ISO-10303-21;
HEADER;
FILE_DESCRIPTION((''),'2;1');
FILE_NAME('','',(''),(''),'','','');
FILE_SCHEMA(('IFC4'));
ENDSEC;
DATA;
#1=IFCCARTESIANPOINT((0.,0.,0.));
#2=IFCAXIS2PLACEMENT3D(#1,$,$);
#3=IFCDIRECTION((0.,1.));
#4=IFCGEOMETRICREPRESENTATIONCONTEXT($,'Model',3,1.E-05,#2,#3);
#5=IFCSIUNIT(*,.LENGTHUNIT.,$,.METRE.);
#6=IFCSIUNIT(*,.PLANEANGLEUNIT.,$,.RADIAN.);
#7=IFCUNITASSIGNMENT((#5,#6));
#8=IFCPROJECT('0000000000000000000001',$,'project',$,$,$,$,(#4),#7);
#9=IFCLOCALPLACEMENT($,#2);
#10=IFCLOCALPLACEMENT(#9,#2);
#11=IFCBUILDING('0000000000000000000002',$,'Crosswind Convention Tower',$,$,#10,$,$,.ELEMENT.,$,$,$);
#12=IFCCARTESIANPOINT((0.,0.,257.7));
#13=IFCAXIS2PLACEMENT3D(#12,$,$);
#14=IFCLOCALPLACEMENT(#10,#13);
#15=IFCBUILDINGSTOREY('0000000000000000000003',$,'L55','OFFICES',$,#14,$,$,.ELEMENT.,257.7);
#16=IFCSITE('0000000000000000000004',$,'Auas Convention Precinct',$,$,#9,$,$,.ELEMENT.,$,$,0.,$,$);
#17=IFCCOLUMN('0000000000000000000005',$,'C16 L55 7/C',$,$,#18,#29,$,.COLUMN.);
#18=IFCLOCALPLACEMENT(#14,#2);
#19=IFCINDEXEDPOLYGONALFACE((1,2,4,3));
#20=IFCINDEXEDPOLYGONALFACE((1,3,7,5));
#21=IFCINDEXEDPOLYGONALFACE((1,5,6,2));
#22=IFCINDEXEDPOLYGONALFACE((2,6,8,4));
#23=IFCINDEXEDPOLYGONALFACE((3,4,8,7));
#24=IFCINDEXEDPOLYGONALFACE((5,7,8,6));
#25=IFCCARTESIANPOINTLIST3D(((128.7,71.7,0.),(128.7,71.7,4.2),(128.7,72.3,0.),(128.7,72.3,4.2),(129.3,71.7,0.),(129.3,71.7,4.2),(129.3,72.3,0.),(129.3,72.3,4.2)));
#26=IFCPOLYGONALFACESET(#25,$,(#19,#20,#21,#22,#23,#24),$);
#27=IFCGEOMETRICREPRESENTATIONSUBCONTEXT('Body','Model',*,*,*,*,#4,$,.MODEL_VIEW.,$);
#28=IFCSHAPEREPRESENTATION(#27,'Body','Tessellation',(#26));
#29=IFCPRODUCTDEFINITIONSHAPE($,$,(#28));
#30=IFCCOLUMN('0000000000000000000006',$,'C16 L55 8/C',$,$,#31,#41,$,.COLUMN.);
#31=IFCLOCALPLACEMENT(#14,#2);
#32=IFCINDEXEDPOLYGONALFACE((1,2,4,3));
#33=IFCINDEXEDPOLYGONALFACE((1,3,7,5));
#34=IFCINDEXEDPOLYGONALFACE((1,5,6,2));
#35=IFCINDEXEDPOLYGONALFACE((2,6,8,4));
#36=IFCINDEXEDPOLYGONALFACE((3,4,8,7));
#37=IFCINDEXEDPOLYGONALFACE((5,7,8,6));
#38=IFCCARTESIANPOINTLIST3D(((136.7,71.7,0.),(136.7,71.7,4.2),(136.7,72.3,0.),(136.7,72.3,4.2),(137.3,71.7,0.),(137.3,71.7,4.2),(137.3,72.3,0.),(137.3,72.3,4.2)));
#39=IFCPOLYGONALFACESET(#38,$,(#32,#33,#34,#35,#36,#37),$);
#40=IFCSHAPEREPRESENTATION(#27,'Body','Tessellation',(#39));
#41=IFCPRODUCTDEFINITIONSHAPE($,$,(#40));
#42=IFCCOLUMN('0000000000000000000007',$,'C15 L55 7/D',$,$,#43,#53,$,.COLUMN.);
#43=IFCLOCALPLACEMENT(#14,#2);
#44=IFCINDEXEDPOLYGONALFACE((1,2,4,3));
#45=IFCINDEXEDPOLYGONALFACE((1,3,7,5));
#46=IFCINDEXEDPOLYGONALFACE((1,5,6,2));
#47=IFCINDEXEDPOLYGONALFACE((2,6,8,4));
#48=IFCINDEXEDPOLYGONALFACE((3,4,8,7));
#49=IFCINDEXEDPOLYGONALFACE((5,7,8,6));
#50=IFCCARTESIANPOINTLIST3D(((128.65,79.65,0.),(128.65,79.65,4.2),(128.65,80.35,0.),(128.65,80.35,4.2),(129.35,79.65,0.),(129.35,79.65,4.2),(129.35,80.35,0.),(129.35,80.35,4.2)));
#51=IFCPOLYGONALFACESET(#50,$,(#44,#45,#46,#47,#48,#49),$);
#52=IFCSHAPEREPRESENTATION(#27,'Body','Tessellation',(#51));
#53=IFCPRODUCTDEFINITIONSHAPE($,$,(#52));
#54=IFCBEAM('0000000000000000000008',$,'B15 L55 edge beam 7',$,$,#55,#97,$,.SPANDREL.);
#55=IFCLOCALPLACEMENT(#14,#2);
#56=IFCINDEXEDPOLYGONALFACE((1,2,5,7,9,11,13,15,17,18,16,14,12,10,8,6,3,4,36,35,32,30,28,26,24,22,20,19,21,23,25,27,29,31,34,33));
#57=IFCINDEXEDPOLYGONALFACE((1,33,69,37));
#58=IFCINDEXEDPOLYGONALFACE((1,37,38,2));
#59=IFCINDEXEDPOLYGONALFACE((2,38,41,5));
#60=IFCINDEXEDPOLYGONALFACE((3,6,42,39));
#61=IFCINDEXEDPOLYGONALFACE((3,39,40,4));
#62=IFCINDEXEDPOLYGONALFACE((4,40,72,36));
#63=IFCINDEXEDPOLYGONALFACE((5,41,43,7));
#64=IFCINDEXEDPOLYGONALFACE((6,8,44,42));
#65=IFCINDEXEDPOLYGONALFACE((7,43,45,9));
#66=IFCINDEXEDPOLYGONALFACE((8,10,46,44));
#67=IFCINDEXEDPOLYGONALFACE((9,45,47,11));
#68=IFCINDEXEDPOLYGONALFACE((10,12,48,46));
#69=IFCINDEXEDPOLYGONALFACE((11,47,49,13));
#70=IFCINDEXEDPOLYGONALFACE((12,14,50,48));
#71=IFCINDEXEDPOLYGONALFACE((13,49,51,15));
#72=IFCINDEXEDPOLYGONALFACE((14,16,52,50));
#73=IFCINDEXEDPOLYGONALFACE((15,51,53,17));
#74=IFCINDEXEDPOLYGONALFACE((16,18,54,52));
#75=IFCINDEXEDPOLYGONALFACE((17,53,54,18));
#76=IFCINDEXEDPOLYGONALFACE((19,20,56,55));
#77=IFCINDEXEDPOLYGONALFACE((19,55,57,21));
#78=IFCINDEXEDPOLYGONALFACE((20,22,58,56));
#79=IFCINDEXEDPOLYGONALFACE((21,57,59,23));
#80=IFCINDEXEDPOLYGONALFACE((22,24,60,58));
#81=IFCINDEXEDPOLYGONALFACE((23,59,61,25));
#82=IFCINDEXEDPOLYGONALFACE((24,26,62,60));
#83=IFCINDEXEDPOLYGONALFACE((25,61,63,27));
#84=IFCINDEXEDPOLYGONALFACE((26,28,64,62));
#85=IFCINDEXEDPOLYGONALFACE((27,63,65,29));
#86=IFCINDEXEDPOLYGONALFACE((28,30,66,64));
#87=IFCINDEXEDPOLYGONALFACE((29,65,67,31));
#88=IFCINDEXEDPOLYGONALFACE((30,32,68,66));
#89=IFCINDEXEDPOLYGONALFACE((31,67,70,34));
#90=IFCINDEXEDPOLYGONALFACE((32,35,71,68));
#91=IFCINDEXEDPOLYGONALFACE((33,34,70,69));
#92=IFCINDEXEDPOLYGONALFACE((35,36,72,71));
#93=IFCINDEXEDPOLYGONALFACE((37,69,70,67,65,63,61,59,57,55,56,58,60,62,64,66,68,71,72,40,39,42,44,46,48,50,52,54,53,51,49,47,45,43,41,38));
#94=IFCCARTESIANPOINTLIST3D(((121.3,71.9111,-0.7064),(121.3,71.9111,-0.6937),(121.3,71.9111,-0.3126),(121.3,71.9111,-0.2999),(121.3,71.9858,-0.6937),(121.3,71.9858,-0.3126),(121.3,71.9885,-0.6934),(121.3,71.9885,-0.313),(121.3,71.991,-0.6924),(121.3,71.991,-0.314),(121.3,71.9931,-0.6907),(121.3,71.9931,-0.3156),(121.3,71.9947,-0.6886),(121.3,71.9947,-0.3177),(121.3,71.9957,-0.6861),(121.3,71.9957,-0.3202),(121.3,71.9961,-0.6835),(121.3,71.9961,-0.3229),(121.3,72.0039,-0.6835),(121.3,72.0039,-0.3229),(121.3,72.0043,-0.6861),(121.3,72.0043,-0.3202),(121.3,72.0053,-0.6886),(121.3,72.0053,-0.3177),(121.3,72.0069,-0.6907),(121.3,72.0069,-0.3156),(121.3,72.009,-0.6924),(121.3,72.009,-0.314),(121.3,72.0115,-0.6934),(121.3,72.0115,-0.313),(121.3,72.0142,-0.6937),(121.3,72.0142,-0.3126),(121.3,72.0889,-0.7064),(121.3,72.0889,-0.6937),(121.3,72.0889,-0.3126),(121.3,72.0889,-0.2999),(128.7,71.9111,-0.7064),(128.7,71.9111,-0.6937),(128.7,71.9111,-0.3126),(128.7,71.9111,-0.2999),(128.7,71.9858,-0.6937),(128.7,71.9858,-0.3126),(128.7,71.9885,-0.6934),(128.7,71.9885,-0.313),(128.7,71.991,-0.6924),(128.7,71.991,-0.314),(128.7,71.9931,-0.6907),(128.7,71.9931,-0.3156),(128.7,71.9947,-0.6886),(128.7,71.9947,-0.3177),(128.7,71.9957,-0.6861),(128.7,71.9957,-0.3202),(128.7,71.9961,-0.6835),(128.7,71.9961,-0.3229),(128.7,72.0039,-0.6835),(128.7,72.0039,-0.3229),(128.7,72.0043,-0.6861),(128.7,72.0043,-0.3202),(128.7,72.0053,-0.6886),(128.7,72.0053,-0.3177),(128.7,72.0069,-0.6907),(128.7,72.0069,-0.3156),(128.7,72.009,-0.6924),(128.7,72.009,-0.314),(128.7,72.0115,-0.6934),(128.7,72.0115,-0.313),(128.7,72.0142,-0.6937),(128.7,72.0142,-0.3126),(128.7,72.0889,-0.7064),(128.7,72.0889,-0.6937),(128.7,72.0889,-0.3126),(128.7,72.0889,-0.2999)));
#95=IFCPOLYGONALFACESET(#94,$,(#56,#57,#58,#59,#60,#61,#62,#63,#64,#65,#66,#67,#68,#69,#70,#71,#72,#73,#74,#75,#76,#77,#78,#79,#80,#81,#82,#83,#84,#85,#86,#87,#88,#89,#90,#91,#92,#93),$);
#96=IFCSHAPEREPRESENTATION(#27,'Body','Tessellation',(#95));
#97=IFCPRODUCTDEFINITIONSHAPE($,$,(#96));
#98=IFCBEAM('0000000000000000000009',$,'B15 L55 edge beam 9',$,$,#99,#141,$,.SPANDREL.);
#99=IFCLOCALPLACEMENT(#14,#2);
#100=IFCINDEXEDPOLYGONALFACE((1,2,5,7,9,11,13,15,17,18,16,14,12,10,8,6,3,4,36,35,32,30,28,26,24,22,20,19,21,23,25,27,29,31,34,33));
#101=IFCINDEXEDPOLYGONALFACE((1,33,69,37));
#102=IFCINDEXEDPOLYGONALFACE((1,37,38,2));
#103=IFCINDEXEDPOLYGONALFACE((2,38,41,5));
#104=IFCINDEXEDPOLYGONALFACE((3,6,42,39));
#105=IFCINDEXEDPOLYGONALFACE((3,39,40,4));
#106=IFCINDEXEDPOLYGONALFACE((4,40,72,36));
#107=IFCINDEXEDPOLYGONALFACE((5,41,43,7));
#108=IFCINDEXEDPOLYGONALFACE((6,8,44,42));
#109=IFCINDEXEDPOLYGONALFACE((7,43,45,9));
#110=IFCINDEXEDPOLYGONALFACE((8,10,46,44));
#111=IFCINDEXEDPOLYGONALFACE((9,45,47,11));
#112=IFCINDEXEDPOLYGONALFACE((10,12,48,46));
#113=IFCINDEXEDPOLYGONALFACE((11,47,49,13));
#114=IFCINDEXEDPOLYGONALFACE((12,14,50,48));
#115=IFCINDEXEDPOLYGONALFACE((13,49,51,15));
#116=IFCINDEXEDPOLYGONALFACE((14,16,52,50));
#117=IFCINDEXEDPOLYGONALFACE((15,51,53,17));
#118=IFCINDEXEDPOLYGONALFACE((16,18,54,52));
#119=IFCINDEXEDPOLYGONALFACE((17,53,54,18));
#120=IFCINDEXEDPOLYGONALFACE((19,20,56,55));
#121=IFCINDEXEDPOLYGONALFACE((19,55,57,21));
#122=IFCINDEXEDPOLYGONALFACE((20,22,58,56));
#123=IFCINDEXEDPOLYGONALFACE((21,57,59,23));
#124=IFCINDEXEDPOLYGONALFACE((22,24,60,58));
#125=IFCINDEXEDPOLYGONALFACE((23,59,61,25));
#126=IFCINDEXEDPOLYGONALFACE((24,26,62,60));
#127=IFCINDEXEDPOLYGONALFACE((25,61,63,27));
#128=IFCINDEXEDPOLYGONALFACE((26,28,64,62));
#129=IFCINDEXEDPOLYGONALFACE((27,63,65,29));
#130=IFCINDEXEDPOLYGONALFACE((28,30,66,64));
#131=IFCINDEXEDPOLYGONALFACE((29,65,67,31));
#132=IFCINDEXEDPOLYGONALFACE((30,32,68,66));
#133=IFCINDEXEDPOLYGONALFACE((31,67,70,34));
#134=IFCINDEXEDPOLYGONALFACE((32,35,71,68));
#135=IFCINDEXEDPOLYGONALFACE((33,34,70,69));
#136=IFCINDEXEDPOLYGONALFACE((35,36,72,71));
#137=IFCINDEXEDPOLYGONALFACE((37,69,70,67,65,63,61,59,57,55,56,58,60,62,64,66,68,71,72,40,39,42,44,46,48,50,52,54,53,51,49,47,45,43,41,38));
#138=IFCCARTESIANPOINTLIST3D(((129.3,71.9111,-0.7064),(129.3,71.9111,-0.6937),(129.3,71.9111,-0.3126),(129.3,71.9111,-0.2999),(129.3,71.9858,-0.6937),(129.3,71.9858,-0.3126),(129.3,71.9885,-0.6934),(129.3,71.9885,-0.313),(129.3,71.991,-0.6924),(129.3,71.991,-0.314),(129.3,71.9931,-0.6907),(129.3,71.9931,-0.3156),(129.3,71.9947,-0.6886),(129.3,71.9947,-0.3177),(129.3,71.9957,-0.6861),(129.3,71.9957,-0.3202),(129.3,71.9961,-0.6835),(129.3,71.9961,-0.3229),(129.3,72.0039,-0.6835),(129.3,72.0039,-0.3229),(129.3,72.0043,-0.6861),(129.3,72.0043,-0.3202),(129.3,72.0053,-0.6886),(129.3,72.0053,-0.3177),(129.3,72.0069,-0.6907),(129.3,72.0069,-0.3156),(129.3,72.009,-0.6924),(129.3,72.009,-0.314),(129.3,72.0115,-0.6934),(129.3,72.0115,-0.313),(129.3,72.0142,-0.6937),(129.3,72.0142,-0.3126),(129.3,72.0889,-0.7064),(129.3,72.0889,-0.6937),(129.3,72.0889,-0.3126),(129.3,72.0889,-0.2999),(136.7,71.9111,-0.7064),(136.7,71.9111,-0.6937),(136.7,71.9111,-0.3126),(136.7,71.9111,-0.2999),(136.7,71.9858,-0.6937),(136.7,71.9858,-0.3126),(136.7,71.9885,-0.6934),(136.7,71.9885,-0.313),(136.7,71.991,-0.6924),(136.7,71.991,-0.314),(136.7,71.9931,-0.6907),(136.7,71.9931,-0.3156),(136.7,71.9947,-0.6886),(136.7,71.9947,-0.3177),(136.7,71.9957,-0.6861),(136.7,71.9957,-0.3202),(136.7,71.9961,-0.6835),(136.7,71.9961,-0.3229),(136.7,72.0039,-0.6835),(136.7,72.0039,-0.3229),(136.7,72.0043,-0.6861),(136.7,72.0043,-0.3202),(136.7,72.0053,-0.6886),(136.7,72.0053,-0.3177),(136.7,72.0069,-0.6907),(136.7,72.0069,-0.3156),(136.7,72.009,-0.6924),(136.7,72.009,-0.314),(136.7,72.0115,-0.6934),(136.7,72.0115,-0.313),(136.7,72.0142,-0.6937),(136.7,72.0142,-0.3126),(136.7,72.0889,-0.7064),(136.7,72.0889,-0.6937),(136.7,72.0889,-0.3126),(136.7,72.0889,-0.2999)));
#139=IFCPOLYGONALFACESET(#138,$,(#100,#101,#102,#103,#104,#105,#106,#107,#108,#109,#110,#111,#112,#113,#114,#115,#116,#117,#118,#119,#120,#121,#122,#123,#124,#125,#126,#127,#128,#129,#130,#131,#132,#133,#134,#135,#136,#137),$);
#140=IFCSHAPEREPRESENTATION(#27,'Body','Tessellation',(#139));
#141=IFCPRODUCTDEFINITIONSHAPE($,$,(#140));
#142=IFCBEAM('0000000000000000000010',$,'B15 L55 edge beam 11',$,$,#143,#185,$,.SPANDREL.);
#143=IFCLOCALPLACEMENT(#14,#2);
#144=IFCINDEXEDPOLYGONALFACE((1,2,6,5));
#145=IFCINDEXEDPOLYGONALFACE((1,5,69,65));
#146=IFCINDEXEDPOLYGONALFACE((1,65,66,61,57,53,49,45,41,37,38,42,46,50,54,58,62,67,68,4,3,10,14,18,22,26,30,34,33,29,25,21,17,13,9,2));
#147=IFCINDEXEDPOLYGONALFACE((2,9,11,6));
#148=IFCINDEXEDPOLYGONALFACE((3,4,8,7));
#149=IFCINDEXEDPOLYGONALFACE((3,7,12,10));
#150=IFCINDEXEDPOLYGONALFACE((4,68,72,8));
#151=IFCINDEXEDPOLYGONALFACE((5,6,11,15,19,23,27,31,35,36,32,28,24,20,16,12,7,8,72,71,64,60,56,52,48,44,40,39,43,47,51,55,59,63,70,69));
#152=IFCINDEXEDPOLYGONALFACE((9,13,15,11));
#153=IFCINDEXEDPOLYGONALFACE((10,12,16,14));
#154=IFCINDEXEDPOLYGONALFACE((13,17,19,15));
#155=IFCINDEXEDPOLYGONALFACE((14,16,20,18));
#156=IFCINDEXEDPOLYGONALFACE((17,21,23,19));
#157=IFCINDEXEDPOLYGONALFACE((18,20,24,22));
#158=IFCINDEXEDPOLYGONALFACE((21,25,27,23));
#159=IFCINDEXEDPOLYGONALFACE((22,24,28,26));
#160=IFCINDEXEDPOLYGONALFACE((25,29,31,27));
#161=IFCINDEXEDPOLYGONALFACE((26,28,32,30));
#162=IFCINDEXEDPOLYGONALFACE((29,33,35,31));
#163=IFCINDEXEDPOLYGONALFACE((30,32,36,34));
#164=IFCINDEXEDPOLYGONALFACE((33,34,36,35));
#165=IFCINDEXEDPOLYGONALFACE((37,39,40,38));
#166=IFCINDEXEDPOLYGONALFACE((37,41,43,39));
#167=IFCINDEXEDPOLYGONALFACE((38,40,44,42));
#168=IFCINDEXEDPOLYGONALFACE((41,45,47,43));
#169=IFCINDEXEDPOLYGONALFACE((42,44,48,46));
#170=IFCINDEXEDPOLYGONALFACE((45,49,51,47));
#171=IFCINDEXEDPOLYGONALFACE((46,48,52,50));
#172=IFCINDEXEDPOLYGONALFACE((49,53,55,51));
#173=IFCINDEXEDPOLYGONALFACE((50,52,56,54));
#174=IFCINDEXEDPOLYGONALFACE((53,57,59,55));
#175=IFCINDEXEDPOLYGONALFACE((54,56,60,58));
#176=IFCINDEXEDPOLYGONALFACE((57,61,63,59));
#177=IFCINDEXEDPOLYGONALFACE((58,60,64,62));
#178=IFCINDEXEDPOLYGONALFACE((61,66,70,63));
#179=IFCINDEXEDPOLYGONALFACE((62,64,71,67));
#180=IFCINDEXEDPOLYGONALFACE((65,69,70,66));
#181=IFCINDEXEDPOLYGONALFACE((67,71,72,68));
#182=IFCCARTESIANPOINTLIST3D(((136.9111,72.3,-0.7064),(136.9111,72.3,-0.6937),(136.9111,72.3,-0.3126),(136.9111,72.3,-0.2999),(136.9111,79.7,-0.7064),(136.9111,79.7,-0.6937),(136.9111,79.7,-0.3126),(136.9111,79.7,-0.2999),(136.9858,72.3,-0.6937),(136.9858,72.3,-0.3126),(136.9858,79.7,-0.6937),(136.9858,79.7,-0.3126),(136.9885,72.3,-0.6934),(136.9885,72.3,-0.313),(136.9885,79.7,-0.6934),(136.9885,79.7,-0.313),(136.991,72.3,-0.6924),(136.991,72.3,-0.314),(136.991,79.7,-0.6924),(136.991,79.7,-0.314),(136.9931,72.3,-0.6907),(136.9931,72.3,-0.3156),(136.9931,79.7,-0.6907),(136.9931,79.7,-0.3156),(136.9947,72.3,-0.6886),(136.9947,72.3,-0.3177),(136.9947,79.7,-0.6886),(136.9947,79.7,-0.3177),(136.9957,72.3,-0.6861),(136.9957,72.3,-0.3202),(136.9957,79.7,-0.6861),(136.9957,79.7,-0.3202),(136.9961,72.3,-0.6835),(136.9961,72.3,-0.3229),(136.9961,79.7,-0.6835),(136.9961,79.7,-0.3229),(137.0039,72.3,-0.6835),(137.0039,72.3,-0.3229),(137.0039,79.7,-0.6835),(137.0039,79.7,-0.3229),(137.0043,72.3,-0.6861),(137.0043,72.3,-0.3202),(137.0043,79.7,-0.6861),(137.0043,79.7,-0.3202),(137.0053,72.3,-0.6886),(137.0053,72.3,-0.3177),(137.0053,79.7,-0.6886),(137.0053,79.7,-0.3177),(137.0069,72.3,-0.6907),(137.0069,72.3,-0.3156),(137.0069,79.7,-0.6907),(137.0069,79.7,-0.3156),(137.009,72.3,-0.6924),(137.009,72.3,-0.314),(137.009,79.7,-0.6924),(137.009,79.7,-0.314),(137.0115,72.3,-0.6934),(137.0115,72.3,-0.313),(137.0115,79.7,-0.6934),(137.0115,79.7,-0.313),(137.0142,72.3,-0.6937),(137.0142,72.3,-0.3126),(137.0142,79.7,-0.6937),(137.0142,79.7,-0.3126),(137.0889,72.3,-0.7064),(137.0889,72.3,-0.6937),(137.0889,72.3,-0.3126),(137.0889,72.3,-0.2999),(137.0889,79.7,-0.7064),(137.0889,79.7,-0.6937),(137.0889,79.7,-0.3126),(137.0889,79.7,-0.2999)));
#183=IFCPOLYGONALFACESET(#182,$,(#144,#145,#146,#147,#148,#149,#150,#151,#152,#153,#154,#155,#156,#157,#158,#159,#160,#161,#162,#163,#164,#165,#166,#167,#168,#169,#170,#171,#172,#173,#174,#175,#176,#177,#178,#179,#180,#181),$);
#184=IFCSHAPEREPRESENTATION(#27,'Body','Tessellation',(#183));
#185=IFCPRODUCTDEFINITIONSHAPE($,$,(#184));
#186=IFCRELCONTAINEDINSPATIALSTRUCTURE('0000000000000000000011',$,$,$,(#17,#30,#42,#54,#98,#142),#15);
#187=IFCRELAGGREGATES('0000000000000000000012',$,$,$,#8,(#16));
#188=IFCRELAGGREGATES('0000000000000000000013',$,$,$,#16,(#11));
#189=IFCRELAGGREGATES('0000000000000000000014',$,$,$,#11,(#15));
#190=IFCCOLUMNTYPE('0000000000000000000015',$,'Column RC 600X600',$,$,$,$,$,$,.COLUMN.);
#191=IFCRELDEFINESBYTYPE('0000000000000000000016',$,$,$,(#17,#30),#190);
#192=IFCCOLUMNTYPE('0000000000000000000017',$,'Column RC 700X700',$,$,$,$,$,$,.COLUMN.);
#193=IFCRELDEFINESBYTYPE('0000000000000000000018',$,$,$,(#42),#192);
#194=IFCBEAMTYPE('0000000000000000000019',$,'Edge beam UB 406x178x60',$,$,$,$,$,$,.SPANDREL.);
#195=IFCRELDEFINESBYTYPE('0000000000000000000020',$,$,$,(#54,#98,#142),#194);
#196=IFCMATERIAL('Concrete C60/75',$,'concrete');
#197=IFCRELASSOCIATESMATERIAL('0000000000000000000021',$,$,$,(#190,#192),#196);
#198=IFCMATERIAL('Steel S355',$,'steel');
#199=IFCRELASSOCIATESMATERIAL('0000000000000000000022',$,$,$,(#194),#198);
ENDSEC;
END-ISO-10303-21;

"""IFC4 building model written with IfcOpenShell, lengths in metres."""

from ifc_helpers import new_model, si_unit, direction, frame, origin, origin_2d, place, context, subcontext, project, spatial, rectangle, i_section, extrude, material, material_profile, profile_set, type_object, element, save


model = new_model("IFC4")

# Units and contexts
model_context = context("Model", 3, precision=1e-05, world=origin(), true_north=direction((0.0, 1.0)))
body_context = subcontext(model_context, "Body", "Model", "MODEL_VIEW")
ifc_project = project(units=[si_unit("LENGTHUNIT", "METRE"), si_unit("PLANEANGLEUNIT", "RADIAN")], contexts=[model_context])

# Site, building, storey
site_placement = place(None, origin())
site = spatial("IfcSite", under=ifc_project, at=site_placement, Name="Auas Convention Precinct", CompositionType="ELEMENT", RefElevation=0.0)
building_placement = place(site_placement, origin())
building = spatial("IfcBuilding", under=site, at=building_placement, Name="Crosswind Convention Tower", CompositionType="ELEMENT")
storey_placement = place(building_placement, frame((0.0, 0.0, 257.7)))
storey = spatial("IfcBuildingStorey", under=building, at=storey_placement, Name="L55", Description="OFFICES", CompositionType="ELEMENT", Elevation=257.7)

# Columns
ifc_material_1 = material(Name="Concrete C60/75", Category="concrete")
ifc_material_profile_1 = material_profile(ifc_material_1, rectangle(XDim=0.6001, YDim=0.6001, at=origin_2d()), Name="RC 600X600")
ifc_profile_set_1 = profile_set([ifc_material_profile_1], Name="Concrete C60/75")
column_type_1 = type_object("IfcColumnType", Name="Column RC 600X600", PredefinedType="COLUMN", material=ifc_profile_set_1)
for number, where, z_axis, x_axis, name in (
    (1, (129.0, 72.0, 0.0), (0.0, 0.0, 1.0), (1.0, 0.0, 0.0), "C16 L55 7/C"),
    (2, (137.0, 72.0, 0.0), (0.0, 0.0, 1.0), (1.0, 0.0, 0.0), "C16 L55 8/C"),
):
    element("IfcColumn", number, at=place(storey_placement, frame(where, z_axis=z_axis, x_axis=x_axis)), inside=storey, type_object=column_type_1, Name=name, PredefinedType="COLUMN", context=body_context, shape_type="SweptSolid", body=[
        extrude(rectangle(XDim=0.6001, YDim=0.6001, at=origin_2d()), origin(), (0.0, 0.0, 1.0), 4.2),
    ])
ifc_material_profile_2 = material_profile(ifc_material_1, rectangle(XDim=0.7, YDim=0.7, at=origin_2d()), Name="RC 700X700")
ifc_profile_set_2 = profile_set([ifc_material_profile_2], Name="Concrete C60/75")
column_type_2 = type_object("IfcColumnType", Name="Column RC 700X700", PredefinedType="COLUMN", material=ifc_profile_set_2)
column_placement = place(storey_placement, frame((129.0, 80.0, 0.0), z_axis=(0.0, 0.0, 1.0), x_axis=(1.0, 0.0, 0.0)))
element("IfcColumn", 3, at=column_placement, inside=storey, type_object=column_type_2, Name="C15 L55 7/D", PredefinedType="COLUMN", context=body_context, shape_type="SweptSolid", body=[
    extrude(rectangle(XDim=0.7, YDim=0.7, at=origin_2d()), origin(), (0.0, 0.0, 1.0), 4.2),
])

# Beams
ifc_material_2 = material(Name="Steel S355", Category="steel")
ifc_material_profile_3 = material_profile(ifc_material_2, i_section(OverallWidth=0.1777, OverallDepth=0.4065, WebThickness=0.0078, FlangeThickness=0.0127, FilletRadius=0.0103, at=origin_2d()), Name="UB 406x178x60")
ifc_profile_set_3 = profile_set([ifc_material_profile_3], Name="Steel S355")
beam_type_1 = type_object("IfcBeamType", Name="Edge beam UB 406x178x60", PredefinedType="SPANDREL", material=ifc_profile_set_3)
for number, where, z_axis, x_axis, name in (
    (4, (121.3, 72.0, -0.5032), (1.0, 0.0, 0.0), (0.0, 1.0, 0.0), "B15 L55 edge beam 7"),
    (5, (129.3, 72.0, -0.5032), (1.0, 0.0, 0.0), (0.0, 1.0, 0.0), "B15 L55 edge beam 9"),
    (6, (137.0, 72.3, -0.5032), (0.0, 1.0, 0.0), (-1.0, 0.0, 0.0), "B15 L55 edge beam 11"),
):
    element("IfcBeam", number, at=place(storey_placement, frame(where, z_axis=z_axis, x_axis=x_axis)), inside=storey, type_object=beam_type_1, Name=name, PredefinedType="SPANDREL", context=body_context, shape_type="SweptSolid", body=[
        extrude(i_section(OverallWidth=0.1777, OverallDepth=0.4065, WebThickness=0.0078, FlangeThickness=0.0127, FilletRadius=0.0103, at=origin_2d()), origin(), (0.0, 0.0, 1.0), 7.3999),
    ])

save(model, "model.ifc")
